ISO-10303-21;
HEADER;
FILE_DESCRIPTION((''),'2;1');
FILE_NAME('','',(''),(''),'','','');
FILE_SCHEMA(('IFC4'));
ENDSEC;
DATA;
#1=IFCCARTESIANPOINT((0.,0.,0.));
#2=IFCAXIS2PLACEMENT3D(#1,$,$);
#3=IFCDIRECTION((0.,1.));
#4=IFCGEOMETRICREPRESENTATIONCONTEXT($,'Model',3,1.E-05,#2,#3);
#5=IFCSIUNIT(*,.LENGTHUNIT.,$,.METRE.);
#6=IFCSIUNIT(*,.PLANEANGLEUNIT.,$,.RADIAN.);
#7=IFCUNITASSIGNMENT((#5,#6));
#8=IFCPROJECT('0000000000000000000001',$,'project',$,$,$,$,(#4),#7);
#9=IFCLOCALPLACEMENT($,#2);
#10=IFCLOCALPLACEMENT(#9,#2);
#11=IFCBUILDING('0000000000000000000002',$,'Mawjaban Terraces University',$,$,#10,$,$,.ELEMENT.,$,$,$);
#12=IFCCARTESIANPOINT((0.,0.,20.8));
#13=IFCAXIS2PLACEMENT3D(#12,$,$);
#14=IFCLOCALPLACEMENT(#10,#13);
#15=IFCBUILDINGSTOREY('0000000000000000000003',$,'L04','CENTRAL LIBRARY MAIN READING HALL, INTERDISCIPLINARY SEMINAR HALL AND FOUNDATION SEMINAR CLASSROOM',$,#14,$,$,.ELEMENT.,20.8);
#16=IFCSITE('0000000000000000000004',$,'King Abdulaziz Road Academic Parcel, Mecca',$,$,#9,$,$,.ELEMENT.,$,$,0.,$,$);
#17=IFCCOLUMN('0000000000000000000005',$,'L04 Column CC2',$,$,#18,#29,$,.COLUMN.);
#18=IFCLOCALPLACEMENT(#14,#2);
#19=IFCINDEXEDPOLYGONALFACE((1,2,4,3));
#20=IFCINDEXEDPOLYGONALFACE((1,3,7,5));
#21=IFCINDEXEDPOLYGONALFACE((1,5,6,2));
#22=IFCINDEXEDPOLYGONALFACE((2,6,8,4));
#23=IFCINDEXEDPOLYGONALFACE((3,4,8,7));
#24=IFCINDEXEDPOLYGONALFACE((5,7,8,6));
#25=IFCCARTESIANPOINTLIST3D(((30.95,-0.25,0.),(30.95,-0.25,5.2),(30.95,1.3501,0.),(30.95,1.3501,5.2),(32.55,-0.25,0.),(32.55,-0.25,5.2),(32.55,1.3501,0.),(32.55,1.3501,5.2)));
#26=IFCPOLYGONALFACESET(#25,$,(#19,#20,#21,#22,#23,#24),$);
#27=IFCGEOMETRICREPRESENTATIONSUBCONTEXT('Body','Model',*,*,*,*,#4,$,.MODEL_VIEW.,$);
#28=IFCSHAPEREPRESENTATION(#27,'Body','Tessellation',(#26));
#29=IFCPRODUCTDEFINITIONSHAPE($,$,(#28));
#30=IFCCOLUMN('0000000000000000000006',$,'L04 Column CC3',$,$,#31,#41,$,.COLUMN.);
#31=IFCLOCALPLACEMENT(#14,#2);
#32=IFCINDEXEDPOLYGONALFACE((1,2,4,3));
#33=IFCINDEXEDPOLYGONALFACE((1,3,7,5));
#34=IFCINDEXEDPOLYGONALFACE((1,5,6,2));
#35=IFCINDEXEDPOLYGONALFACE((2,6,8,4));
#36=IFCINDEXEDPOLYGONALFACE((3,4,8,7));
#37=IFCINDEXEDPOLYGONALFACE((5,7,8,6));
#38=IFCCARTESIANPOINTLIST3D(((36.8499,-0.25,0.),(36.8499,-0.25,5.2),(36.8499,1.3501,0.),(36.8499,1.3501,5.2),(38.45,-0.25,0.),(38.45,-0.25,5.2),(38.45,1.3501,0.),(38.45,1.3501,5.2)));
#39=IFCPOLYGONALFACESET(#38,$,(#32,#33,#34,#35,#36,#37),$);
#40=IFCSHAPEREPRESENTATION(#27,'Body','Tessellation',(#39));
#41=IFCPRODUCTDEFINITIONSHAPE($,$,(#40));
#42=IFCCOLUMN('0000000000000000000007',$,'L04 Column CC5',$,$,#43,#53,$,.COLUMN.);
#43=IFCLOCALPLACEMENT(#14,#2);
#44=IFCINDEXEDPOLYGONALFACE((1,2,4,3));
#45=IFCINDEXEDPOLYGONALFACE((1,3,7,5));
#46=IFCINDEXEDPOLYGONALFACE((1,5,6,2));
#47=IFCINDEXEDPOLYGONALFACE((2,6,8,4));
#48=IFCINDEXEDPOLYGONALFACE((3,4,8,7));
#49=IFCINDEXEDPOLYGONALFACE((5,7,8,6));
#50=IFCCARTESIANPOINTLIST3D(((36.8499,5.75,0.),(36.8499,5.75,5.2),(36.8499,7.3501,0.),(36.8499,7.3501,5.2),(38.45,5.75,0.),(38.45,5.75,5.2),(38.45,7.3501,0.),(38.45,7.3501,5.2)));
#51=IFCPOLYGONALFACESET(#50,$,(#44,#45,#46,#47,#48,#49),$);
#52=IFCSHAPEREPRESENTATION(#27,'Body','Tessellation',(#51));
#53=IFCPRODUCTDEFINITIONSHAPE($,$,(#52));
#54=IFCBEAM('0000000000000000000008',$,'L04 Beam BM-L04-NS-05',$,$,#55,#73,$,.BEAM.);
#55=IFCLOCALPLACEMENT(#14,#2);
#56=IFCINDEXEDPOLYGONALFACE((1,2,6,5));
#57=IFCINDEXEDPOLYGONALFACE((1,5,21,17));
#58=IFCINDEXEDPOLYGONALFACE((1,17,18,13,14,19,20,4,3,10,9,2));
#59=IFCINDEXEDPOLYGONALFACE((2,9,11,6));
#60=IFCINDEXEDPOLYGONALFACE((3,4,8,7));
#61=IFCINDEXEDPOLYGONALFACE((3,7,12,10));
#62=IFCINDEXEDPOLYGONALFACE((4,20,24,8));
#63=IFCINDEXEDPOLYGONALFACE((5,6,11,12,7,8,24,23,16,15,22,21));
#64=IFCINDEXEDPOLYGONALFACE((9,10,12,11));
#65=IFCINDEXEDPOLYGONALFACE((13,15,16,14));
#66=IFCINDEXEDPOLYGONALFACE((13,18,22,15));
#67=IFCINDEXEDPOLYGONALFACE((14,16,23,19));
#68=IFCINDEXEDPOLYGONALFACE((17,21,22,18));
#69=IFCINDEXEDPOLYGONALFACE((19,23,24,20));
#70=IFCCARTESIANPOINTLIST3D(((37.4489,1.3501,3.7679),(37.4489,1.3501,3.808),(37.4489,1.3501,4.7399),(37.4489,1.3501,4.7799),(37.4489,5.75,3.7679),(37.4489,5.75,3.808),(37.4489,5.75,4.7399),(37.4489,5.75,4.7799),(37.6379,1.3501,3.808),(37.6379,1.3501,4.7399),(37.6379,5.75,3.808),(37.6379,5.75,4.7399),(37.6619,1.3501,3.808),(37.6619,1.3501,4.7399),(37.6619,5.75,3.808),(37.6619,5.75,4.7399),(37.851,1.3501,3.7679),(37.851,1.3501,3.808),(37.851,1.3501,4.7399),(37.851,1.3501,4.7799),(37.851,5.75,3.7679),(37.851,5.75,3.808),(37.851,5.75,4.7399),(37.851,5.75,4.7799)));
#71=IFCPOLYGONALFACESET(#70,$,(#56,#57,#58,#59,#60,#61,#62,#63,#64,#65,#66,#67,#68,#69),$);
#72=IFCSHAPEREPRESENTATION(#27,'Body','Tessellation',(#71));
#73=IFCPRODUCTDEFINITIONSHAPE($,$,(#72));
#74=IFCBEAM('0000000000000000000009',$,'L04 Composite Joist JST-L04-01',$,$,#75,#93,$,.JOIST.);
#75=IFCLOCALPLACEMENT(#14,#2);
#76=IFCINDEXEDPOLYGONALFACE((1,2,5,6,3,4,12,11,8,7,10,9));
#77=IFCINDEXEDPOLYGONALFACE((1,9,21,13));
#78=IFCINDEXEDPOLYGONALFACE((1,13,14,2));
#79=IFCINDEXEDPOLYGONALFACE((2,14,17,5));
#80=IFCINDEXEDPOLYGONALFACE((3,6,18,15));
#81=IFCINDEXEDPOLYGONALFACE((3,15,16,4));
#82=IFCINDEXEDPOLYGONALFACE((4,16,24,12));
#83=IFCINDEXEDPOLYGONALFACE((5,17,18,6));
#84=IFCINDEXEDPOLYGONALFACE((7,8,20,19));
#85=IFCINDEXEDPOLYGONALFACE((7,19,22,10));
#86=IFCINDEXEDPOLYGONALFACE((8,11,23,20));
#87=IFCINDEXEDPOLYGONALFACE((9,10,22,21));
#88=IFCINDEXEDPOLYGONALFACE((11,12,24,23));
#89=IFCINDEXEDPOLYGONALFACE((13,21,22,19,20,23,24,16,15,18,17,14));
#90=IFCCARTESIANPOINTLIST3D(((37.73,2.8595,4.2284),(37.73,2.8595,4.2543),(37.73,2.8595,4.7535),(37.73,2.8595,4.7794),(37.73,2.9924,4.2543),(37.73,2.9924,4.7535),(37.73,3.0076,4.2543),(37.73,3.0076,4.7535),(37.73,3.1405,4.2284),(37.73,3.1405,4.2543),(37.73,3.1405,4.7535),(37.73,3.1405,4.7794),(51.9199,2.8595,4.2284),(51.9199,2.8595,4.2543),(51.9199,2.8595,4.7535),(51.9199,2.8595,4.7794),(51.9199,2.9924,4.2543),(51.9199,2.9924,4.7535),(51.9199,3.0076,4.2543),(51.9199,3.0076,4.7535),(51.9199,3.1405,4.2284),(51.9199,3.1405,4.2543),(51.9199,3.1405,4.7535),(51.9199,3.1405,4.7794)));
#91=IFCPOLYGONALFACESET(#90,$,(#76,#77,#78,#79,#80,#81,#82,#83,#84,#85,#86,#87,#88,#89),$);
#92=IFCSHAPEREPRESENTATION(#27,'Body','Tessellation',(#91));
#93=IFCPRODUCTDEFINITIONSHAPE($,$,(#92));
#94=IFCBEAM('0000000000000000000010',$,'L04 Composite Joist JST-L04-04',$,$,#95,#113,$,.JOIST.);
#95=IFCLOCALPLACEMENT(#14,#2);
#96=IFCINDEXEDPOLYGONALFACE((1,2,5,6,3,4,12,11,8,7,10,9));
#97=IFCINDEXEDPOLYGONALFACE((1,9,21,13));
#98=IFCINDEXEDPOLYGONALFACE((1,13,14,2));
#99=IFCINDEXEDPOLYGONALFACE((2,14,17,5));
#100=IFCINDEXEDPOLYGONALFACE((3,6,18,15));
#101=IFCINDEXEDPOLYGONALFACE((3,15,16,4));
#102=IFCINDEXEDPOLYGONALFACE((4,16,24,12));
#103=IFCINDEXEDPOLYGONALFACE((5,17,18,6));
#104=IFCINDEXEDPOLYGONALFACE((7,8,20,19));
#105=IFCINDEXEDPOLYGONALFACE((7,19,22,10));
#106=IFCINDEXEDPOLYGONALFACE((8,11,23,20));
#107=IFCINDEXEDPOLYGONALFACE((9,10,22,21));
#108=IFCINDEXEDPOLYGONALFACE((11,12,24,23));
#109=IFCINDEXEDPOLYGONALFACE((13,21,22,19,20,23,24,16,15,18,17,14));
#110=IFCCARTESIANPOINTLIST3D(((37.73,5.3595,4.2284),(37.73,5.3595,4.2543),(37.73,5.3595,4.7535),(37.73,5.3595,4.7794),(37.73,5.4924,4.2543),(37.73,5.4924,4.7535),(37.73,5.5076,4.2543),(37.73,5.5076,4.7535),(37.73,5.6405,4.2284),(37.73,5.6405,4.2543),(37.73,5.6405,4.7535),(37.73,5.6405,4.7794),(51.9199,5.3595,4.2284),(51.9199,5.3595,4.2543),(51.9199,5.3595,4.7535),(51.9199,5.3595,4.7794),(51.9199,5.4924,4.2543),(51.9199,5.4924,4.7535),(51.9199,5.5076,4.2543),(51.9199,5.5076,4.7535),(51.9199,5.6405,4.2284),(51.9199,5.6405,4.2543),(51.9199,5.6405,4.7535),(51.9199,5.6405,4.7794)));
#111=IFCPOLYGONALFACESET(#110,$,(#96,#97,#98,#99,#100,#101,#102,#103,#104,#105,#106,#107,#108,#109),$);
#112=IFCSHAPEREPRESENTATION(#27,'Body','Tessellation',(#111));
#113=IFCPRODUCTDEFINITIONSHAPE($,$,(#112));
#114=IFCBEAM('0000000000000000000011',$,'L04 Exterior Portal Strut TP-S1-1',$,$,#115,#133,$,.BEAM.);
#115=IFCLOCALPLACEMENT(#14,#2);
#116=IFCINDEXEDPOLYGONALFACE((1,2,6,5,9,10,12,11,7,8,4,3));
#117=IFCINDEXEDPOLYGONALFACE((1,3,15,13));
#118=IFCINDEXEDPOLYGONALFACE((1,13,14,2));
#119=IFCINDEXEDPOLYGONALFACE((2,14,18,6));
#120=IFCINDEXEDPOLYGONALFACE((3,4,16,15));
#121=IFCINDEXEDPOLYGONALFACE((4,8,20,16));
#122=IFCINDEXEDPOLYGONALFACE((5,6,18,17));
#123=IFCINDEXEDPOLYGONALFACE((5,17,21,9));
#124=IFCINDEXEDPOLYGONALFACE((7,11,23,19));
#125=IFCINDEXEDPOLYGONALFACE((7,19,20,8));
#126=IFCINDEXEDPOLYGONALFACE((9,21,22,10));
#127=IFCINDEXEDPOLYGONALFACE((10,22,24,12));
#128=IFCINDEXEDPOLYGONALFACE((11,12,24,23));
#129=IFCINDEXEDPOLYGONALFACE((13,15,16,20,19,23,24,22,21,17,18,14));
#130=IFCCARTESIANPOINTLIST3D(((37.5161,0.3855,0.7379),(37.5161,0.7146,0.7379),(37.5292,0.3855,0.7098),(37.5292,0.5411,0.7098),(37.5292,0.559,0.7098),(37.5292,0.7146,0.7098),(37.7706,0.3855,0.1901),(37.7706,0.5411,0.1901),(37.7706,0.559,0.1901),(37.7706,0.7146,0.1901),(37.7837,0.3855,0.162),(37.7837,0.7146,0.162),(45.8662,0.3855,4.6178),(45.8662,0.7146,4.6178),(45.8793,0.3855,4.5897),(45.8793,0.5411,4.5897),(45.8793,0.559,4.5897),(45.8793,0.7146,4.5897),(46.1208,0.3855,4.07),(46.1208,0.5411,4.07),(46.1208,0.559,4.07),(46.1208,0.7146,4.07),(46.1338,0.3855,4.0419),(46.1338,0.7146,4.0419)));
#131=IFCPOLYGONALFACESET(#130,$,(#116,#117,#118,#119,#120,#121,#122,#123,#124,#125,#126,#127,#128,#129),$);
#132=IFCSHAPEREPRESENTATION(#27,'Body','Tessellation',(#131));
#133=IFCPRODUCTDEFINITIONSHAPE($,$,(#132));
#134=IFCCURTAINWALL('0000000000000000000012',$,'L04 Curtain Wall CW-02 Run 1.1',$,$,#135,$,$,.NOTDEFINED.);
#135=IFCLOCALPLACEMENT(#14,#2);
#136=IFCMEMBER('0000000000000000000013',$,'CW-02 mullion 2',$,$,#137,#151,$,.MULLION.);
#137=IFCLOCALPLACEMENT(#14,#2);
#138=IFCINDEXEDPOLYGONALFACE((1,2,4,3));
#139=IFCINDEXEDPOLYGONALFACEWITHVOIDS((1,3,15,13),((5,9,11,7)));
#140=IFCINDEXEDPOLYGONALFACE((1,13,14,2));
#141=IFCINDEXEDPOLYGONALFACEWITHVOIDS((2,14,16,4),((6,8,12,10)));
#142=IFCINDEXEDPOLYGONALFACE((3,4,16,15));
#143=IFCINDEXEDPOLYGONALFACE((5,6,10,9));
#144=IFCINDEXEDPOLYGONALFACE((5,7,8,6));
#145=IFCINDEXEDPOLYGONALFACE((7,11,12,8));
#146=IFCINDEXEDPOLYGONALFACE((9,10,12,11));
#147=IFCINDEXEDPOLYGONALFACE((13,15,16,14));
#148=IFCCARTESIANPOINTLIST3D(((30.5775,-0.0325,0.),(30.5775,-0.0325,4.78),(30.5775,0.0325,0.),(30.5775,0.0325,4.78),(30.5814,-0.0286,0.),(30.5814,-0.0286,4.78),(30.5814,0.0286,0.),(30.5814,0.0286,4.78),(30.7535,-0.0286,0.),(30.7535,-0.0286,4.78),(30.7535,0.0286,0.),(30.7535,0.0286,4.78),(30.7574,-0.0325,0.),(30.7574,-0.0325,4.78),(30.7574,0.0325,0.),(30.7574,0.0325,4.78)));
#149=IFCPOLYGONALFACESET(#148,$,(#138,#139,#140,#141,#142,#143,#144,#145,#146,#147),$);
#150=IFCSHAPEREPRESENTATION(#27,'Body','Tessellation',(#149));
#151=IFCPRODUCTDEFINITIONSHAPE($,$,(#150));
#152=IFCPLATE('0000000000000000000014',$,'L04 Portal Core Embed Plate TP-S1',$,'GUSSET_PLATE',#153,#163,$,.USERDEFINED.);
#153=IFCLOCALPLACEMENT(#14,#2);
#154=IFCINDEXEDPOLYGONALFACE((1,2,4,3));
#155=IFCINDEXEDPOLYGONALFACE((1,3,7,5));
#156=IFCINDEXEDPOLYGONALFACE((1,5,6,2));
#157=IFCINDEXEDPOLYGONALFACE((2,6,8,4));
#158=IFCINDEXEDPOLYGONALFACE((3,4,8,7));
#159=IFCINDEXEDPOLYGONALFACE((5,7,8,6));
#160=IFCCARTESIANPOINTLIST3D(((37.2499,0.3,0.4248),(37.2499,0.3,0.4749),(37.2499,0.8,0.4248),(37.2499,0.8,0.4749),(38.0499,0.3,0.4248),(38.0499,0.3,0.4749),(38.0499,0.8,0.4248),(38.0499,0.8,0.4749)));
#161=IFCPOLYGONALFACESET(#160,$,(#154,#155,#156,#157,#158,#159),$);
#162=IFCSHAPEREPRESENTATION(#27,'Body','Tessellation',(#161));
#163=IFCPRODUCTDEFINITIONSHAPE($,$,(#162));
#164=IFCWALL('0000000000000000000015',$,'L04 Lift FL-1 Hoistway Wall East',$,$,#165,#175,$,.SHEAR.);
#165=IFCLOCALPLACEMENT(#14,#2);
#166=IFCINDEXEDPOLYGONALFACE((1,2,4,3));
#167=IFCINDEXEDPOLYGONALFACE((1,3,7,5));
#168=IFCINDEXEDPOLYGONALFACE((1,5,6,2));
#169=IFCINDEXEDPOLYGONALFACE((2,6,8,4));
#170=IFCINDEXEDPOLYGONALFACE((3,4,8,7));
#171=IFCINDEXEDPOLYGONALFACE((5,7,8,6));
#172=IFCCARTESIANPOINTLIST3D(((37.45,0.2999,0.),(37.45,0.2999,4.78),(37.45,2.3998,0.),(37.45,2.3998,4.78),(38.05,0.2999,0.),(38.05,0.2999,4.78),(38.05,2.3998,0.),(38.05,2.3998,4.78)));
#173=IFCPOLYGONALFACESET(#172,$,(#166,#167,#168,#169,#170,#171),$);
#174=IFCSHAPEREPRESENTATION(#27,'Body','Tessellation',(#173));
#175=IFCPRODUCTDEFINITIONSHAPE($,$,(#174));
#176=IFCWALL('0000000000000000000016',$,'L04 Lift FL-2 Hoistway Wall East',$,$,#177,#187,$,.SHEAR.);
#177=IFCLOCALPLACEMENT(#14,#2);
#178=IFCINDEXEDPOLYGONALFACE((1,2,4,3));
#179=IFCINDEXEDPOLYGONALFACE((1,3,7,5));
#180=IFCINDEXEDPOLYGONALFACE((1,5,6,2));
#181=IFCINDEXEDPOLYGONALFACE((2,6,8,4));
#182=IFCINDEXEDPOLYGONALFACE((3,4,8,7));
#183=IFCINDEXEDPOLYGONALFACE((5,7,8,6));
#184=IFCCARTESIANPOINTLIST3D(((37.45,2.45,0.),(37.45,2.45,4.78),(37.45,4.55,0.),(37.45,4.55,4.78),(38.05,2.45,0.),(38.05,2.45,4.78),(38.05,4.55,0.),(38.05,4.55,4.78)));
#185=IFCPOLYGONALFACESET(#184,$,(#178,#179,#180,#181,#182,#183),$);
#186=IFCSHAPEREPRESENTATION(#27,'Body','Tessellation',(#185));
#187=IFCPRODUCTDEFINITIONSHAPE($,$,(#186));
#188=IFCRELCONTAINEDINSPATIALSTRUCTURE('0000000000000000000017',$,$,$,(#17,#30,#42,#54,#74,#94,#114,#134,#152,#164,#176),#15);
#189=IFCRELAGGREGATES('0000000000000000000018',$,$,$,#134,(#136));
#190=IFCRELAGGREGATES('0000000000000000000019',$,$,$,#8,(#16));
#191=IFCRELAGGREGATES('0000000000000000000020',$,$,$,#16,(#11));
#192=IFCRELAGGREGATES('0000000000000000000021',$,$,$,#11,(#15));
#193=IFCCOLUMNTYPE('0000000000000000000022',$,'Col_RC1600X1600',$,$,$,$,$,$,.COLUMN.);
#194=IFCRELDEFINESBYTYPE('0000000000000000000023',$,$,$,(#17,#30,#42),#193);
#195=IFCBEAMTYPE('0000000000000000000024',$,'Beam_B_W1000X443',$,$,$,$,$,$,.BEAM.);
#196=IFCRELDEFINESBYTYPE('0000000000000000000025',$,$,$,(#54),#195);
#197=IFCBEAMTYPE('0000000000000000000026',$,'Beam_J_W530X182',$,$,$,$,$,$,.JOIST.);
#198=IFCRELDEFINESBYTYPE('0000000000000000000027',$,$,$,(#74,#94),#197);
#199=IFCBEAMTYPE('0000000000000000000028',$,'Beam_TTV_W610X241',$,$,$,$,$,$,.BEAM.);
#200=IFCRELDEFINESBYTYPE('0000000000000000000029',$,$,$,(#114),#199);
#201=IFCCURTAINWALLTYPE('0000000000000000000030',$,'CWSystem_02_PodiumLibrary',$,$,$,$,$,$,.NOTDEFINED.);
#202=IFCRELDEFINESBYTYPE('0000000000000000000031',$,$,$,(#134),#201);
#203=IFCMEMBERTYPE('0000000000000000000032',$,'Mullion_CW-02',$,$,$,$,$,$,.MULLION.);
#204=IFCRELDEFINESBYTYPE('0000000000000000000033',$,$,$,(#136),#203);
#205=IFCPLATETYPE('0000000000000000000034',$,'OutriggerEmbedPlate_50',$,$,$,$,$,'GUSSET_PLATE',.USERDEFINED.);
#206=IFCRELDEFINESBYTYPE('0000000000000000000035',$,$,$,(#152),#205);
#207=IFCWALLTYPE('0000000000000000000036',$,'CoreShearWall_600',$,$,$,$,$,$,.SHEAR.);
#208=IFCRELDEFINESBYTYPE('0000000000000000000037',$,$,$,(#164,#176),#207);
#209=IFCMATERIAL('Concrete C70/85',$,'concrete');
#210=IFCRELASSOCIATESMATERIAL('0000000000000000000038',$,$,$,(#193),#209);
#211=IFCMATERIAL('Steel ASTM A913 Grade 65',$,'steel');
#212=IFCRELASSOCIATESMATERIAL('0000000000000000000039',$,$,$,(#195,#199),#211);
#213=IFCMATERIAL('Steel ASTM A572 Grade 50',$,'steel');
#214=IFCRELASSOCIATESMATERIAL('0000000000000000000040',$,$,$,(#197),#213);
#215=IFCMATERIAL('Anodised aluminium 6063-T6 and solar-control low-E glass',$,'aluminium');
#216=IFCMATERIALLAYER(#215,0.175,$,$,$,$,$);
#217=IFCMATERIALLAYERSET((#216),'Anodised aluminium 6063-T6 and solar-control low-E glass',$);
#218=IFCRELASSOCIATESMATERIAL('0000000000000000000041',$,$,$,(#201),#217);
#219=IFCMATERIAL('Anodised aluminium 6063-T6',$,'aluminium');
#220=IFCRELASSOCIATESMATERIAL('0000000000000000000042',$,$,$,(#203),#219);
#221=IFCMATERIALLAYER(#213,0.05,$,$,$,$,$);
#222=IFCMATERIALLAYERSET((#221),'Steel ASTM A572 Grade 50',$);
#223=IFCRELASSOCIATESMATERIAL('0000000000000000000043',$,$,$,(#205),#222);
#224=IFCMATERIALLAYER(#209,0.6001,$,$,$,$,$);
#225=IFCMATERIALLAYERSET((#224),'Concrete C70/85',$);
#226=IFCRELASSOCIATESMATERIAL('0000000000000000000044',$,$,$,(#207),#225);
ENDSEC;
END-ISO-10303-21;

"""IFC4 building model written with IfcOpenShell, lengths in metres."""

from ifc_helpers import new_model, si_unit, direction, frame, frame_2d, origin, origin_2d, place, context, subcontext, project, spatial, rectangle, hollow_rectangle, i_section, extrude, material, layer, layer_set, material_profile, profile_set, type_object, element, aggregate, save


model = new_model("IFC4")

# Units and contexts
model_context = context("Model", 3, precision=1e-05, world=origin(), true_north=direction((0.0, 1.0)))
body_context = subcontext(model_context, "Body", "Model", "MODEL_VIEW")
ifc_project = project(units=[si_unit("LENGTHUNIT", "METRE"), si_unit("PLANEANGLEUNIT", "RADIAN")], contexts=[model_context])

# Site, building, storey
site_placement = place(None, origin())
site = spatial("IfcSite", under=ifc_project, at=site_placement, Name="King Abdulaziz Road Academic Parcel, Mecca", CompositionType="ELEMENT", RefElevation=0.0)
building_placement = place(site_placement, origin())
building = spatial("IfcBuilding", under=site, at=building_placement, Name="Mawjaban Terraces University", CompositionType="ELEMENT")
storey_placement = place(building_placement, frame((0.0, 0.0, 20.8)))
storey = spatial("IfcBuildingStorey", under=building, at=storey_placement, Name="L04", Description="CENTRAL LIBRARY MAIN READING HALL, INTERDISCIPLINARY SEMINAR HALL AND FOUNDATION SEMINAR CLASSROOM", CompositionType="ELEMENT", Elevation=20.8)

# Columns
ifc_material_1 = material(Name="Concrete C70/85", Category="concrete")
ifc_material_profile_1 = material_profile(ifc_material_1, rectangle(XDim=1.6001, YDim=1.6001, at=origin_2d()), Name="RC1600X1600")
ifc_profile_set_1 = profile_set([ifc_material_profile_1], Name="Concrete C70/85")
column_type = type_object("IfcColumnType", Name="Col_RC1600X1600", PredefinedType="COLUMN", material=ifc_profile_set_1)
for number, where, z_axis, x_axis, name in (
    (1, (31.75, 0.55, 0.0), (0.0, 0.0, 1.0), (1.0, 0.0, 0.0), "L04 Column CC2"),
    (2, (37.6499, 0.55, 0.0), (0.0, 0.0, 1.0), (1.0, 0.0, 0.0), "L04 Column CC3"),
    (3, (37.6499, 6.55, 0.0), (0.0, 0.0, 1.0), (1.0, 0.0, 0.0), "L04 Column CC5"),
):
    element("IfcColumn", number, at=place(storey_placement, frame(where, z_axis=z_axis, x_axis=x_axis)), inside=storey, type_object=column_type, Name=name, PredefinedType="COLUMN", context=body_context, shape_type="SweptSolid", body=[
        extrude(rectangle(XDim=1.6001, YDim=1.6001, at=origin_2d()), origin(), (0.0, 0.0, 1.0), 5.2),
    ])

# Beams
ifc_material_2 = material(Name="Steel ASTM A913 Grade 65", Category="steel")
ifc_material_profile_2 = material_profile(ifc_material_2, i_section(OverallWidth=0.4021, OverallDepth=1.012, WebThickness=0.0239, FlangeThickness=0.04, at=origin_2d()), Name="W1000X443")
ifc_profile_set_2 = profile_set([ifc_material_profile_2], Name="Steel ASTM A913 Grade 65")
beam_type_1 = type_object("IfcBeamType", Name="Beam_B_W1000X443", PredefinedType="BEAM", material=ifc_profile_set_2)
beam_1_placement = place(storey_placement, frame((37.6499, 1.3501, 4.2739), z_axis=(0.0, 1.0, 0.0), x_axis=(-1.0, 0.0, 0.0)))
element("IfcBeam", 4, at=beam_1_placement, inside=storey, type_object=beam_type_1, Name="L04 Beam BM-L04-NS-05", PredefinedType="BEAM", context=body_context, shape_type="SweptSolid", body=[
    extrude(i_section(OverallWidth=0.4021, OverallDepth=1.012, WebThickness=0.0239, FlangeThickness=0.04, at=origin_2d()), origin(), (0.0, 0.0, 1.0), 4.3999),
])
ifc_material_3 = material(Name="Steel ASTM A572 Grade 50", Category="steel")
ifc_material_profile_3 = material_profile(ifc_material_3, i_section(OverallWidth=0.281, OverallDepth=0.551, WebThickness=0.0151, FlangeThickness=0.0259, at=origin_2d()), Name="W530X182")
ifc_profile_set_3 = profile_set([ifc_material_profile_3], Name="Steel ASTM A572 Grade 50")
beam_type_2 = type_object("IfcBeamType", Name="Beam_J_W530X182", PredefinedType="JOIST", material=ifc_profile_set_3)
for number, where, z_axis, x_axis, name in (
    (5, (37.73, 3.0, 4.5039), (1.0, 0.0, 0.0), (0.0, 1.0, 0.0), "L04 Composite Joist JST-L04-01"),
    (6, (37.73, 5.5, 4.5039), (1.0, 0.0, 0.0), (0.0, 1.0, 0.0), "L04 Composite Joist JST-L04-04"),
):
    element("IfcBeam", number, at=place(storey_placement, frame(where, z_axis=z_axis, x_axis=x_axis)), inside=storey, type_object=beam_type_2, Name=name, PredefinedType="JOIST", context=body_context, shape_type="SweptSolid", body=[
        extrude(i_section(OverallWidth=0.281, OverallDepth=0.551, WebThickness=0.0151, FlangeThickness=0.0259, at=origin_2d()), origin(), (0.0, 0.0, 1.0), 14.1899),
    ])
ifc_material_profile_4 = material_profile(ifc_material_2, i_section(OverallWidth=0.3291, OverallDepth=0.635, WebThickness=0.0178, FlangeThickness=0.031, at=origin_2d()), Name="W610X241")
ifc_profile_set_4 = profile_set([ifc_material_profile_4], Name="Steel ASTM A913 Grade 65")
beam_type_3 = type_object("IfcBeamType", Name="Beam_TTV_W610X241", PredefinedType="BEAM", material=ifc_profile_set_4)
beam_2_placement = place(storey_placement, frame((37.6499, 0.55, 0.45), z_axis=(0.906882, 0.0, 0.421384), x_axis=(0.0, 1.0, 0.0)))
element("IfcBeam", 7, at=beam_2_placement, inside=storey, type_object=beam_type_3, Name="L04 Exterior Portal Strut TP-S1-1", PredefinedType="BEAM", context=body_context, shape_type="SweptSolid", body=[
    extrude(i_section(OverallWidth=0.3291, OverallDepth=0.635, WebThickness=0.0178, FlangeThickness=0.031, at=origin_2d()), origin(), (0.0, 0.0, 1.0), 9.2075),
])

# Curtain wall, member
ifc_material_4 = material(Name="Anodised aluminium 6063-T6 and solar-control low-E glass", Category="aluminium")
ifc_layer_1 = layer(ifc_material_4, 0.175)
ifc_layer_set_1 = layer_set([ifc_layer_1], Name="Anodised aluminium 6063-T6 and solar-control low-E glass")
curtain_wall_type = type_object("IfcCurtainWallType", Name="CWSystem_02_PodiumLibrary", PredefinedType="NOTDEFINED", material=ifc_layer_set_1)
curtain_wall_placement = place(storey_placement, origin())
curtain_wall = element("IfcCurtainWall", 8, at=curtain_wall_placement, inside=storey, type_object=curtain_wall_type, Name="L04 Curtain Wall CW-02 Run 1.1", PredefinedType="NOTDEFINED")
ifc_material_5 = material(Name="Anodised aluminium 6063-T6", Category="aluminium")
ifc_material_profile_5 = material_profile(ifc_material_5, hollow_rectangle(XDim=0.0649, YDim=0.1799, WallThickness=0.0039, at=origin_2d()), Name="ALU180X65X4")
ifc_profile_set_5 = profile_set([ifc_material_profile_5], Name="Anodised aluminium 6063-T6")
member_type = type_object("IfcMemberType", Name="Mullion_CW-02", PredefinedType="MULLION", material=ifc_profile_set_5)
member_placement = place(storey_placement, frame((30.6675, 0.0, 0.0), z_axis=(0.0, 0.0, 1.0), x_axis=(0.0, 1.0, 0.0)))
member = element("IfcMember", 9, at=member_placement, type_object=member_type, Name="CW-02 mullion 2", PredefinedType="MULLION", context=body_context, shape_type="SweptSolid", body=[
    extrude(hollow_rectangle(XDim=0.0649, YDim=0.1799, WallThickness=0.0039, at=origin_2d()), origin(), (0.0, 0.0, 1.0), 4.78),
])
aggregate(curtain_wall, [member])

# Plate
ifc_layer_2 = layer(ifc_material_3, 0.05)
ifc_layer_set_2 = layer_set([ifc_layer_2], Name="Steel ASTM A572 Grade 50")
plate_type = type_object("IfcPlateType", Name="OutriggerEmbedPlate_50", ElementType="GUSSET_PLATE", PredefinedType="USERDEFINED", material=ifc_layer_set_2)
plate_placement = place(storey_placement, frame((37.6499, 0.55, 0.4248), z_axis=(0.0, 0.0, 1.0), x_axis=(1.0, 0.0, 0.0)))
element("IfcPlate", 10, at=plate_placement, inside=storey, type_object=plate_type, Name="L04 Portal Core Embed Plate TP-S1", ObjectType="GUSSET_PLATE", PredefinedType="USERDEFINED", context=body_context, shape_type="SweptSolid", body=[
    extrude(rectangle(XDim=0.8, YDim=0.5, at=origin_2d()), origin(), (0.0, 0.0, 1.0), 0.05),
])

# Walls
ifc_layer_3 = layer(ifc_material_1, 0.6001)
ifc_layer_set_3 = layer_set([ifc_layer_3], Name="Concrete C70/85")
wall_type_1 = type_object("IfcWallType", Name="CoreShearWall_600", PredefinedType="SHEAR", material=ifc_layer_set_3)
wall_1_placement = place(storey_placement, frame((37.75, 0.3, 0.0), z_axis=(0.0, 0.0, 1.0), x_axis=(0.0, 1.0, 0.0)))
element("IfcWall", 11, at=wall_1_placement, inside=storey, type_object=wall_type_1, Name="L04 Lift FL-1 Hoistway Wall East", PredefinedType="SHEAR", context=body_context, shape_type="SweptSolid", body=[
    extrude(rectangle(XDim=2.0999, YDim=0.6001, at=frame_2d((1.0498, 0.0))), origin(), (0.0, 0.0, 1.0), 4.78),
])
wall_2_placement = place(storey_placement, frame((37.75, 2.45, 0.0), z_axis=(0.0, 0.0, 1.0), x_axis=(0.0, 1.0, 0.0)))
element("IfcWall", 12, at=wall_2_placement, inside=storey, type_object=wall_type_1, Name="L04 Lift FL-2 Hoistway Wall East", PredefinedType="SHEAR", context=body_context, shape_type="SweptSolid", body=[
    extrude(rectangle(XDim=2.1001, YDim=0.6001, at=frame_2d((1.05, 0.0))), origin(), (0.0, 0.0, 1.0), 4.78),
])

save(model, "model.ifc")
